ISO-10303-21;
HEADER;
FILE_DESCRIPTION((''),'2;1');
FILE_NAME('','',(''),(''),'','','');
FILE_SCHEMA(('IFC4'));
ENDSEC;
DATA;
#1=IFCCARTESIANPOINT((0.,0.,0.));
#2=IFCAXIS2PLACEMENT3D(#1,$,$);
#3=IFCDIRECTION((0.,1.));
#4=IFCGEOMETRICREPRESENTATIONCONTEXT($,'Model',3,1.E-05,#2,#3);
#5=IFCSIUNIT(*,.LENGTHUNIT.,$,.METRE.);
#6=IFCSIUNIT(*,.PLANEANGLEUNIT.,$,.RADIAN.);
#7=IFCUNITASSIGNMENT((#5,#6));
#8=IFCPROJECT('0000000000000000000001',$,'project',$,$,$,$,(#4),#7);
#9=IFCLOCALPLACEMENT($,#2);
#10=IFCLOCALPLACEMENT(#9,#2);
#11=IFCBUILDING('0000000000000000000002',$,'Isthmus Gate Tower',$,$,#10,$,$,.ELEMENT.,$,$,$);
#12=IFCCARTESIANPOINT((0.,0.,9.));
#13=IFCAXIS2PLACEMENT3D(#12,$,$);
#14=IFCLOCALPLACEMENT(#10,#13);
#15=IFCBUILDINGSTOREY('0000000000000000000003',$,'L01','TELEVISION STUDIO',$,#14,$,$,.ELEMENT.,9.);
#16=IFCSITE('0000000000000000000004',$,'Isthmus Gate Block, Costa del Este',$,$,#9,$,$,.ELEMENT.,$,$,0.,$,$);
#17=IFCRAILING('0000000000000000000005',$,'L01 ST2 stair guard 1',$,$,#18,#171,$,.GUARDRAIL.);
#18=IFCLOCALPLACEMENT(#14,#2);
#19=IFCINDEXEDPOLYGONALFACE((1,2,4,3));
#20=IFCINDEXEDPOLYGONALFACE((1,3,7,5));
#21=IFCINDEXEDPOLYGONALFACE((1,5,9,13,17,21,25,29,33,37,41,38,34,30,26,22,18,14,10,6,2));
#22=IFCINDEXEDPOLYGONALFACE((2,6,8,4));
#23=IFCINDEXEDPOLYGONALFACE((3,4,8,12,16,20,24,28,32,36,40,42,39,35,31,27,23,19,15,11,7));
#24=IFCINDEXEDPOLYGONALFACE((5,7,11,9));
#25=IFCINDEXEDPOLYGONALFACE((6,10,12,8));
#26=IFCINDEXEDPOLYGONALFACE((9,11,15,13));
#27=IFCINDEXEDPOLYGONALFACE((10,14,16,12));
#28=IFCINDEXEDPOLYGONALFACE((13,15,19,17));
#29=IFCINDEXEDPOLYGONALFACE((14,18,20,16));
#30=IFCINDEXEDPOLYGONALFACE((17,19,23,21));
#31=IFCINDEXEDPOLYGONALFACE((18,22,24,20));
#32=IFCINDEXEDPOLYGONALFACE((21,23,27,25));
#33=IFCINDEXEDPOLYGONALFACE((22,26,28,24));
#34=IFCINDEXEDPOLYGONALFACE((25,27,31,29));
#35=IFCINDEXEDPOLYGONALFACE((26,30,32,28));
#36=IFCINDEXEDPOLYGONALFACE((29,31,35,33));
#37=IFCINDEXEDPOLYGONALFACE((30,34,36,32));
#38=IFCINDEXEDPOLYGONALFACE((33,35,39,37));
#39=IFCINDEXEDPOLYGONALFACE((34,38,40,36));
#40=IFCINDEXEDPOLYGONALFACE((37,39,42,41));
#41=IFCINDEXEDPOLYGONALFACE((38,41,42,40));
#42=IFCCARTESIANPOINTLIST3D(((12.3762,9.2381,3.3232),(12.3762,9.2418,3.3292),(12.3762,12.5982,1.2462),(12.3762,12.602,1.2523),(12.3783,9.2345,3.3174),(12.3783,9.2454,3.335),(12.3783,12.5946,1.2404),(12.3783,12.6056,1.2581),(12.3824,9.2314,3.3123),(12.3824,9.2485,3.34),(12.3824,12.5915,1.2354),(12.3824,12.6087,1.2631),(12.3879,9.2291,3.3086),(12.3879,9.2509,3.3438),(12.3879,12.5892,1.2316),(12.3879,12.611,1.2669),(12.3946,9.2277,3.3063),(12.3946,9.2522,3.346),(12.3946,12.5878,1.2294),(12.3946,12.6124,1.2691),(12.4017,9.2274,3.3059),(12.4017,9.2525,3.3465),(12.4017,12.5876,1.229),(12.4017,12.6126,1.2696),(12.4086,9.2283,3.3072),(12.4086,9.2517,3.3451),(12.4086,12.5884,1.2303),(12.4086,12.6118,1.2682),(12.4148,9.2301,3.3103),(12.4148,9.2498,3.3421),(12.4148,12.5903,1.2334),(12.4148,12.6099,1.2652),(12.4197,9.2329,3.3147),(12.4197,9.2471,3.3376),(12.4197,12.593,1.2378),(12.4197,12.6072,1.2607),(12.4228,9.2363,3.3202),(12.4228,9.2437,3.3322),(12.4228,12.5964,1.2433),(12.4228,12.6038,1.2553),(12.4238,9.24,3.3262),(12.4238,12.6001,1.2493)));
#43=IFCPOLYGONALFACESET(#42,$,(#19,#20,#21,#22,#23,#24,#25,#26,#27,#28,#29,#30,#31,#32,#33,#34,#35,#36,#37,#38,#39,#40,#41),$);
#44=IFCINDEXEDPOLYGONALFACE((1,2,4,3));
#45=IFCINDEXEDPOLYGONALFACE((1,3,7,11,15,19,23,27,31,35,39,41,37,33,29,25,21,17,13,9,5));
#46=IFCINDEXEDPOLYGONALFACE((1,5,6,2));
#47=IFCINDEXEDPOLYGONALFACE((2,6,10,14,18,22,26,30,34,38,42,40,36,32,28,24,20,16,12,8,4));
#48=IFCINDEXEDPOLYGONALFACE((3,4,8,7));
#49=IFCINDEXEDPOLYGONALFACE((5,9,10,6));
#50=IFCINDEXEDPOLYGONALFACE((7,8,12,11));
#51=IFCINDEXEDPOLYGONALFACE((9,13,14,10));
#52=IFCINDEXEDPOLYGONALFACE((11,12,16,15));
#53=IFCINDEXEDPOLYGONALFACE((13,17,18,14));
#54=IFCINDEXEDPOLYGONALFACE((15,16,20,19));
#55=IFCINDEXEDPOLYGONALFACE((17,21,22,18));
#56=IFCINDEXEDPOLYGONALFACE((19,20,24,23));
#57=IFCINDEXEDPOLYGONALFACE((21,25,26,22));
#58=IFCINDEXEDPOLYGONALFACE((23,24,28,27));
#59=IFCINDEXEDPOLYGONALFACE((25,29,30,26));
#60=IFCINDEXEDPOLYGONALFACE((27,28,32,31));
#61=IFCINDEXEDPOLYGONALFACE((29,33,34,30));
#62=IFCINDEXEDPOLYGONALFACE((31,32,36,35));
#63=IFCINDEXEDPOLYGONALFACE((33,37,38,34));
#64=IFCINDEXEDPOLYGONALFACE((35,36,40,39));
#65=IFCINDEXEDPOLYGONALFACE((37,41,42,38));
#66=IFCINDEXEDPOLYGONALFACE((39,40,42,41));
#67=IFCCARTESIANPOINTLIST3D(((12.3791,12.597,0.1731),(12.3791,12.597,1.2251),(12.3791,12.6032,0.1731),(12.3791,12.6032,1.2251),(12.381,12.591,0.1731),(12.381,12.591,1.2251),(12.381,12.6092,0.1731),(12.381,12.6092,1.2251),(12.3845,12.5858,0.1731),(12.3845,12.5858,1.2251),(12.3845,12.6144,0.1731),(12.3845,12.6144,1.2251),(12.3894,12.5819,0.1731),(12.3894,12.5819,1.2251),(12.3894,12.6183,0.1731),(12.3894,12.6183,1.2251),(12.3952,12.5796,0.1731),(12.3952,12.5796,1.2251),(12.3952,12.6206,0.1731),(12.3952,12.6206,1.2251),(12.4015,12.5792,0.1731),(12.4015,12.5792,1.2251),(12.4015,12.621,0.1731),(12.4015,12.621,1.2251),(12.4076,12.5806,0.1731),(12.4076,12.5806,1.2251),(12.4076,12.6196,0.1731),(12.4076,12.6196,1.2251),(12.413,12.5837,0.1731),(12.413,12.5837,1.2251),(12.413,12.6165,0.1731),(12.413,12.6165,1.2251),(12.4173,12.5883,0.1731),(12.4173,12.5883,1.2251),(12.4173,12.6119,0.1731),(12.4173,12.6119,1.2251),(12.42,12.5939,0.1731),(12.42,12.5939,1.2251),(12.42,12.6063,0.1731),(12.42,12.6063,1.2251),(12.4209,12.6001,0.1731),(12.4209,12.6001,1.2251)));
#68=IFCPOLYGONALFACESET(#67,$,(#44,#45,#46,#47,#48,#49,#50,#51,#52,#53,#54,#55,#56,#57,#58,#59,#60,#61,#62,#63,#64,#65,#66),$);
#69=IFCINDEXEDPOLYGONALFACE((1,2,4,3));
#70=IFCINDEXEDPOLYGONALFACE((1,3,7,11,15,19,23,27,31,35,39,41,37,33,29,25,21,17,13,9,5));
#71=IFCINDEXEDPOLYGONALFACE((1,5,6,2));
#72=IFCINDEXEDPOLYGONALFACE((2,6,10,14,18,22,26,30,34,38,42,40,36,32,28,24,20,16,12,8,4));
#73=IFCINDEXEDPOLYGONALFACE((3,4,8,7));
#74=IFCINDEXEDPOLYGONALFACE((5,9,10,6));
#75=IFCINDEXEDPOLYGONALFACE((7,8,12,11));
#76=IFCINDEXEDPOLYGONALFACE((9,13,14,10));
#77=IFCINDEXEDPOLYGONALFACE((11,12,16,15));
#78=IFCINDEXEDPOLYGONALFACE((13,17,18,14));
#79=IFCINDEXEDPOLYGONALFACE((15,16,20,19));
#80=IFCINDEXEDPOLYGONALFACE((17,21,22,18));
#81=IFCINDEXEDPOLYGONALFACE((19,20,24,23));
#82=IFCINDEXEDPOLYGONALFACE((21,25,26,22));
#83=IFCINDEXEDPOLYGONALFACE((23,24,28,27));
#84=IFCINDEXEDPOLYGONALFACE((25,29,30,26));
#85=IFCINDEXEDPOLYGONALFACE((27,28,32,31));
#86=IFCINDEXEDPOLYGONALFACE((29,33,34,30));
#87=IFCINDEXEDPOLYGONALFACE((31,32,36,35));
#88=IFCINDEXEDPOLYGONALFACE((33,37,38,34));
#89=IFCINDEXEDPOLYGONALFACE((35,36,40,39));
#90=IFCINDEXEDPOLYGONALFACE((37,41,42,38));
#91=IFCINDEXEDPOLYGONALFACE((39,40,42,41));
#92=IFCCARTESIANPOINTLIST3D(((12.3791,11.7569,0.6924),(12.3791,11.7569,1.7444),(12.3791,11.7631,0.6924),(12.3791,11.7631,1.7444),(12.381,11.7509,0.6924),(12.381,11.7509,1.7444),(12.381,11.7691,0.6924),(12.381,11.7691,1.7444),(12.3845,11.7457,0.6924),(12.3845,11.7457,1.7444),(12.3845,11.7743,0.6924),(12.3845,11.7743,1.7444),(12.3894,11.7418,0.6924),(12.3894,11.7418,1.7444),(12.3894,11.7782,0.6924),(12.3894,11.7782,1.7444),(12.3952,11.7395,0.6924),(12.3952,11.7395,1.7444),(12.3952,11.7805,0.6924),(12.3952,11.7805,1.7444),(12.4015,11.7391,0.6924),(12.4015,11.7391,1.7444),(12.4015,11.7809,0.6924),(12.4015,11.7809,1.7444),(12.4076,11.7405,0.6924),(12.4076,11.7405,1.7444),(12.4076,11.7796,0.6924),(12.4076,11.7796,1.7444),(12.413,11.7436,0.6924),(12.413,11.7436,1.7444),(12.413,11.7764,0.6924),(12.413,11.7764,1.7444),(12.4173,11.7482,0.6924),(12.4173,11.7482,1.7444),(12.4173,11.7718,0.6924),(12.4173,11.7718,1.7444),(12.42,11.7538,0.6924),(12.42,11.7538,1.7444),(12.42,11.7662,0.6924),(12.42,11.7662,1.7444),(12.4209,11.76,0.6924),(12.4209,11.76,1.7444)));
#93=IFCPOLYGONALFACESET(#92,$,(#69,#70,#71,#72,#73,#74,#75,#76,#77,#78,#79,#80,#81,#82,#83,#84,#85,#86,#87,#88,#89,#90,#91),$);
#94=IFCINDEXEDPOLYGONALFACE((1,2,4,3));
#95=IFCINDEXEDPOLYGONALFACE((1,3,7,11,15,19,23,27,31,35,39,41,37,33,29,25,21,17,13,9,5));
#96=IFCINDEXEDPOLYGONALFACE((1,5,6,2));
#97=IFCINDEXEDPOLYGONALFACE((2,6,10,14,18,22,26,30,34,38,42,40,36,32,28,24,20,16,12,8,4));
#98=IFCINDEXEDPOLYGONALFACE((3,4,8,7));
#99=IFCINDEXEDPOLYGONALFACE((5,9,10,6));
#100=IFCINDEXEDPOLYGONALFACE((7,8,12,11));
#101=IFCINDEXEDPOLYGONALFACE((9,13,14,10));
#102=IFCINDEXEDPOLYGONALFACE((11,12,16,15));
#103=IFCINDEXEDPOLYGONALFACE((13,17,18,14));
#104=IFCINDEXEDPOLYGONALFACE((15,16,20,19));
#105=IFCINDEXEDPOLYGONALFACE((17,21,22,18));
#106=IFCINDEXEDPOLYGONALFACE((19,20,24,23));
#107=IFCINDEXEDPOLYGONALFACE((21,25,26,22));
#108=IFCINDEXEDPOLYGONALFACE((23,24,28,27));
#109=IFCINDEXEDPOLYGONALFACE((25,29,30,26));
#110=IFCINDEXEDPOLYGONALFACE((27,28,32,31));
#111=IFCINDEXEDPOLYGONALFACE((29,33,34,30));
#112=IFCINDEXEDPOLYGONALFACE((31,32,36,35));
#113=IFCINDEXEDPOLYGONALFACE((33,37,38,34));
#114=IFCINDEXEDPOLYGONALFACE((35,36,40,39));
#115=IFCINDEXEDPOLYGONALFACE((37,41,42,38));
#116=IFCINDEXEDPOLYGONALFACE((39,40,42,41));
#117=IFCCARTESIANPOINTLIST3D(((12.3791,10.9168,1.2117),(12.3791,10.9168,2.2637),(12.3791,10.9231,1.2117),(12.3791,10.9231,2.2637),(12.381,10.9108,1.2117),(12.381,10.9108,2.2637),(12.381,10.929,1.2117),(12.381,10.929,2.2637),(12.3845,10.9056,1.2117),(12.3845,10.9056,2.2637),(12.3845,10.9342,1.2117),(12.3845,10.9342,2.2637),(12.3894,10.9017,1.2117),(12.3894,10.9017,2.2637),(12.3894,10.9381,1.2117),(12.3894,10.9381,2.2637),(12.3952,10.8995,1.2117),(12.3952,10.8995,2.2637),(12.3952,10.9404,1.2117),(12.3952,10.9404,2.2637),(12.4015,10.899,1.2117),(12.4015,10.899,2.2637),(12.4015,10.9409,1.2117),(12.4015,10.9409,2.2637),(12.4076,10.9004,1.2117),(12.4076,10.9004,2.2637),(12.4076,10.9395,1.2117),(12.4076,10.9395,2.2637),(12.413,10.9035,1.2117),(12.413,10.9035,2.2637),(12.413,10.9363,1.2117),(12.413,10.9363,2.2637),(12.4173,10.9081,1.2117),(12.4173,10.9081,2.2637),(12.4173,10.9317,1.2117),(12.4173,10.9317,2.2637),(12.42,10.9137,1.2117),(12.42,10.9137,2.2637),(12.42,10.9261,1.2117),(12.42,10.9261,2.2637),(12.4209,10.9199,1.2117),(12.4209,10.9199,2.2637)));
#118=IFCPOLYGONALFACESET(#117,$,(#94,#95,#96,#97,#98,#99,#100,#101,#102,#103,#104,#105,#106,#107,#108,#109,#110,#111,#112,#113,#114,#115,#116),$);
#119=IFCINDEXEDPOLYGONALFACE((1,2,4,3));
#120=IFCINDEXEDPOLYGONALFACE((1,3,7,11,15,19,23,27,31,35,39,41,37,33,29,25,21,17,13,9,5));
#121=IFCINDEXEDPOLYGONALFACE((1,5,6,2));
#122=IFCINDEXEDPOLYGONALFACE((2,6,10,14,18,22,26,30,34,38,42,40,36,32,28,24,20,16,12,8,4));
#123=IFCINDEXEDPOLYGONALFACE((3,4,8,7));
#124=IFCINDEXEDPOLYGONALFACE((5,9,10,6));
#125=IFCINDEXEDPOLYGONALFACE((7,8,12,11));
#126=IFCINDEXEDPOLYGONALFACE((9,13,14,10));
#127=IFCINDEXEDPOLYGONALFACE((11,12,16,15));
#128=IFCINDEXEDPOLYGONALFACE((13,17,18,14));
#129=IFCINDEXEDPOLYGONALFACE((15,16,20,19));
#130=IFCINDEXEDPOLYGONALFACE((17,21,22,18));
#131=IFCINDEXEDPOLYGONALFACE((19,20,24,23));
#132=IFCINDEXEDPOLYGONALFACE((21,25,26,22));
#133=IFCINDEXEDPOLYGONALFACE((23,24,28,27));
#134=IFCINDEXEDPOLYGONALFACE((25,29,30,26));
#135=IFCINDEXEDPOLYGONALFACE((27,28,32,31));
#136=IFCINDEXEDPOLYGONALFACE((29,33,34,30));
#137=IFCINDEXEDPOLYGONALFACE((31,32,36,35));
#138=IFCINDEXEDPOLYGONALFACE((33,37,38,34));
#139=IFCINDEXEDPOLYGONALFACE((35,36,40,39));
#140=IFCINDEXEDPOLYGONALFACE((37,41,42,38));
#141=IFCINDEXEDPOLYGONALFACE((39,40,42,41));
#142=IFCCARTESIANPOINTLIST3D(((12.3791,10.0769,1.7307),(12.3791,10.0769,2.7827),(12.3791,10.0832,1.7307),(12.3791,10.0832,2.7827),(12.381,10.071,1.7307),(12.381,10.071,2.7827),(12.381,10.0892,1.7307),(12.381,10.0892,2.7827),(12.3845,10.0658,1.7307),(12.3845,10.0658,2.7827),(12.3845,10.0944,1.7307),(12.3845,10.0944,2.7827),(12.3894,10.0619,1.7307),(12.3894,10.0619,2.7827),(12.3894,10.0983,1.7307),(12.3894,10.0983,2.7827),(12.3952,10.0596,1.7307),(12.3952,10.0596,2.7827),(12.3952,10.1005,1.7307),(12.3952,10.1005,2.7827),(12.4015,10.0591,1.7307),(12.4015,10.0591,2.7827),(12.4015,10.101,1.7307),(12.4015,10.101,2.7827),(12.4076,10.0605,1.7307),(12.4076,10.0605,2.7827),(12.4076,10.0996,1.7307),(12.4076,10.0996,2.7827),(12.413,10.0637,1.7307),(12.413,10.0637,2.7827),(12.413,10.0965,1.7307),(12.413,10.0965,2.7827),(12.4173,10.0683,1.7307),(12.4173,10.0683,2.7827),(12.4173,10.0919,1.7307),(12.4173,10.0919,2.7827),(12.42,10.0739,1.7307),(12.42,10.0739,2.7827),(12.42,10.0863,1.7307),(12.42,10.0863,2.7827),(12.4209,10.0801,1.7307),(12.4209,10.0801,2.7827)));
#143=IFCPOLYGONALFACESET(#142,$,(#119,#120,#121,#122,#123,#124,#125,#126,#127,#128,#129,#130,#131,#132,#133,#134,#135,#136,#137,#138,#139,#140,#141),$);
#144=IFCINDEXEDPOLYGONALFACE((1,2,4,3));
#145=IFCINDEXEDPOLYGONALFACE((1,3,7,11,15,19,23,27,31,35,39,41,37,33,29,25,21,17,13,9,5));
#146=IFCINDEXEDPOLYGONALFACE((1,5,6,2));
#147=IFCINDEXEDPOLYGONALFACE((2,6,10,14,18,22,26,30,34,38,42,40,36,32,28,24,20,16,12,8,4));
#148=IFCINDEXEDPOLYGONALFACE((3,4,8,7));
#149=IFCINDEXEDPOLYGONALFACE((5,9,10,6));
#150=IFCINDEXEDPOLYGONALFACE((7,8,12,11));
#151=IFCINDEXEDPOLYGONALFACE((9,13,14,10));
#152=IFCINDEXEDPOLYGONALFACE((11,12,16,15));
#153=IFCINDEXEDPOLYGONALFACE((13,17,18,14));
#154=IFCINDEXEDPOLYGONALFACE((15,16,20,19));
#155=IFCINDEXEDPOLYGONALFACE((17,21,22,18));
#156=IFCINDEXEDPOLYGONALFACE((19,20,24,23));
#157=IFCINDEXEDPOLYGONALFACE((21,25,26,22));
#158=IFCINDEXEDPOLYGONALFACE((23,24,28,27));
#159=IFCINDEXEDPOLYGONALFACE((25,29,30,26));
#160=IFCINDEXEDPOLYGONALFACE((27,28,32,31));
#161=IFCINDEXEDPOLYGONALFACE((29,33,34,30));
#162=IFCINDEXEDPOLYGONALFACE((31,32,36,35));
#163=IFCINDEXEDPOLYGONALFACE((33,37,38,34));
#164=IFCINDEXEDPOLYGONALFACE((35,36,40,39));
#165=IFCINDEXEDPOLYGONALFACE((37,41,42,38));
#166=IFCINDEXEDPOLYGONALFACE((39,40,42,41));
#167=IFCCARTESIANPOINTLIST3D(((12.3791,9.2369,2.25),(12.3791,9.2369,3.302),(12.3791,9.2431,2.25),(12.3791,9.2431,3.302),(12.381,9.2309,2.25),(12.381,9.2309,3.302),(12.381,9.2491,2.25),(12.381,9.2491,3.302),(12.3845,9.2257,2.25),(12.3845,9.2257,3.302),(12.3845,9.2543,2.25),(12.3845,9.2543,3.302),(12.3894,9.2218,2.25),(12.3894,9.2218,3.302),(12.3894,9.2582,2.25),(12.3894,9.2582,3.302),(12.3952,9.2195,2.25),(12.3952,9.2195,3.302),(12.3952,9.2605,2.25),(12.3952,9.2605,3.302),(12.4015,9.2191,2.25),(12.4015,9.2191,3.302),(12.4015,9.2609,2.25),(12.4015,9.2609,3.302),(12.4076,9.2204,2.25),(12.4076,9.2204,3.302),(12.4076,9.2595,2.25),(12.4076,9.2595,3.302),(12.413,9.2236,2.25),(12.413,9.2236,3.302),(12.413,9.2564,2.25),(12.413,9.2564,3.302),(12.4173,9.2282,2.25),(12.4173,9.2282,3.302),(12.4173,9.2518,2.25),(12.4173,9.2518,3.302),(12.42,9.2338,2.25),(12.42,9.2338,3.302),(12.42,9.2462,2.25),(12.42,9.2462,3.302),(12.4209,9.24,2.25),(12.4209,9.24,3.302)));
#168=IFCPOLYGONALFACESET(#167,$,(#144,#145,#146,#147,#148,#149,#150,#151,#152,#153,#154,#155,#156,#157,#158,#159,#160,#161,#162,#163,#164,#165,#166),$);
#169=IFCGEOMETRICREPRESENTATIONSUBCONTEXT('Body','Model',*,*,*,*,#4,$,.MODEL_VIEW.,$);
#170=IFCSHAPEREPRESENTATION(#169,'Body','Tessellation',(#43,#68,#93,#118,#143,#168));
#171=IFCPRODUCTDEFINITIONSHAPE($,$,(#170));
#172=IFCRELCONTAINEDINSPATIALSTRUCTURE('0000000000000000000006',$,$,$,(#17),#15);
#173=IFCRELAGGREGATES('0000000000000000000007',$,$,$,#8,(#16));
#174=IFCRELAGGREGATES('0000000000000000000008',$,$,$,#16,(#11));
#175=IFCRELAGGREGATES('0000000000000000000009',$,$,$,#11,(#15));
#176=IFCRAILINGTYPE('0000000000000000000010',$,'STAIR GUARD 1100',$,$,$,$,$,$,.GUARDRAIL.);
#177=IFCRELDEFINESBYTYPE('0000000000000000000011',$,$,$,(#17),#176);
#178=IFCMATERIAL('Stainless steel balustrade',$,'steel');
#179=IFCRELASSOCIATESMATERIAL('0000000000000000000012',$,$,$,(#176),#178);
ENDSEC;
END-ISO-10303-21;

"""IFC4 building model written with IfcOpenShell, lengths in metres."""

from ifc_helpers import new_model, si_unit, direction, frame, origin, origin_2d, place, context, subcontext, project, spatial, circle, extrude, material, type_object, element, save


model = new_model("IFC4")

# Units and contexts
model_context = context("Model", 3, precision=1e-05, world=origin(), true_north=direction((0.0, 1.0)))
body_context = subcontext(model_context, "Body", "Model", "MODEL_VIEW")
ifc_project = project(units=[si_unit("LENGTHUNIT", "METRE"), si_unit("PLANEANGLEUNIT", "RADIAN")], contexts=[model_context])

# Site, building, storey
site_placement = place(None, origin())
site = spatial("IfcSite", under=ifc_project, at=site_placement, Name="Isthmus Gate Block, Costa del Este", CompositionType="ELEMENT", RefElevation=0.0)
building_placement = place(site_placement, origin())
building = spatial("IfcBuilding", under=site, at=building_placement, Name="Isthmus Gate Tower", CompositionType="ELEMENT")
storey_placement = place(building_placement, frame((0.0, 0.0, 9.0)))
storey = spatial("IfcBuildingStorey", under=building, at=storey_placement, Name="L01", Description="TELEVISION STUDIO", CompositionType="ELEMENT", Elevation=9.0)

# Railing
ifc_material_1 = material(Name="Stainless steel balustrade", Category="steel")
railing_type_1 = type_object("IfcRailingType", Name="STAIR GUARD 1100", PredefinedType="GUARDRAIL", material=ifc_material_1)
railing_1_placement = place(storey_placement, frame((12.3999, 12.6001, 0.1731)))
element("IfcRailing", 1, at=railing_1_placement, inside=storey, type_object=railing_type_1, Name="L01 ST2 stair guard 1", PredefinedType="GUARDRAIL", context=body_context, shape_type="SweptSolid", body=[
    extrude(circle(Radius=0.0239, at=origin_2d()), frame((0.0, 0.0, 1.0762), z_axis=(0.0, -0.850623, 0.525776), x_axis=(1.0, 0.0, 0.0)), (0.0, 0.0, 1.0), 3.9502),
    extrude(circle(Radius=0.021, at=origin_2d()), origin(), (0.0, 0.0, 1.0), 1.052),
    extrude(circle(Radius=0.021, at=origin_2d()), frame((0.0, -0.8401, 0.5193)), (0.0, 0.0, 1.0), 1.052),
    extrude(circle(Radius=0.021, at=origin_2d()), frame((0.0, -1.6802, 1.0386)), (0.0, 0.0, 1.0), 1.052),
    extrude(circle(Radius=0.021, at=origin_2d()), frame((0.0, -2.52, 1.5576)), (0.0, 0.0, 1.0), 1.052),
    extrude(circle(Radius=0.021, at=origin_2d()), frame((0.0, -3.3601, 2.0769)), (0.0, 0.0, 1.0), 1.052),
])

save(model, "model.ifc")
